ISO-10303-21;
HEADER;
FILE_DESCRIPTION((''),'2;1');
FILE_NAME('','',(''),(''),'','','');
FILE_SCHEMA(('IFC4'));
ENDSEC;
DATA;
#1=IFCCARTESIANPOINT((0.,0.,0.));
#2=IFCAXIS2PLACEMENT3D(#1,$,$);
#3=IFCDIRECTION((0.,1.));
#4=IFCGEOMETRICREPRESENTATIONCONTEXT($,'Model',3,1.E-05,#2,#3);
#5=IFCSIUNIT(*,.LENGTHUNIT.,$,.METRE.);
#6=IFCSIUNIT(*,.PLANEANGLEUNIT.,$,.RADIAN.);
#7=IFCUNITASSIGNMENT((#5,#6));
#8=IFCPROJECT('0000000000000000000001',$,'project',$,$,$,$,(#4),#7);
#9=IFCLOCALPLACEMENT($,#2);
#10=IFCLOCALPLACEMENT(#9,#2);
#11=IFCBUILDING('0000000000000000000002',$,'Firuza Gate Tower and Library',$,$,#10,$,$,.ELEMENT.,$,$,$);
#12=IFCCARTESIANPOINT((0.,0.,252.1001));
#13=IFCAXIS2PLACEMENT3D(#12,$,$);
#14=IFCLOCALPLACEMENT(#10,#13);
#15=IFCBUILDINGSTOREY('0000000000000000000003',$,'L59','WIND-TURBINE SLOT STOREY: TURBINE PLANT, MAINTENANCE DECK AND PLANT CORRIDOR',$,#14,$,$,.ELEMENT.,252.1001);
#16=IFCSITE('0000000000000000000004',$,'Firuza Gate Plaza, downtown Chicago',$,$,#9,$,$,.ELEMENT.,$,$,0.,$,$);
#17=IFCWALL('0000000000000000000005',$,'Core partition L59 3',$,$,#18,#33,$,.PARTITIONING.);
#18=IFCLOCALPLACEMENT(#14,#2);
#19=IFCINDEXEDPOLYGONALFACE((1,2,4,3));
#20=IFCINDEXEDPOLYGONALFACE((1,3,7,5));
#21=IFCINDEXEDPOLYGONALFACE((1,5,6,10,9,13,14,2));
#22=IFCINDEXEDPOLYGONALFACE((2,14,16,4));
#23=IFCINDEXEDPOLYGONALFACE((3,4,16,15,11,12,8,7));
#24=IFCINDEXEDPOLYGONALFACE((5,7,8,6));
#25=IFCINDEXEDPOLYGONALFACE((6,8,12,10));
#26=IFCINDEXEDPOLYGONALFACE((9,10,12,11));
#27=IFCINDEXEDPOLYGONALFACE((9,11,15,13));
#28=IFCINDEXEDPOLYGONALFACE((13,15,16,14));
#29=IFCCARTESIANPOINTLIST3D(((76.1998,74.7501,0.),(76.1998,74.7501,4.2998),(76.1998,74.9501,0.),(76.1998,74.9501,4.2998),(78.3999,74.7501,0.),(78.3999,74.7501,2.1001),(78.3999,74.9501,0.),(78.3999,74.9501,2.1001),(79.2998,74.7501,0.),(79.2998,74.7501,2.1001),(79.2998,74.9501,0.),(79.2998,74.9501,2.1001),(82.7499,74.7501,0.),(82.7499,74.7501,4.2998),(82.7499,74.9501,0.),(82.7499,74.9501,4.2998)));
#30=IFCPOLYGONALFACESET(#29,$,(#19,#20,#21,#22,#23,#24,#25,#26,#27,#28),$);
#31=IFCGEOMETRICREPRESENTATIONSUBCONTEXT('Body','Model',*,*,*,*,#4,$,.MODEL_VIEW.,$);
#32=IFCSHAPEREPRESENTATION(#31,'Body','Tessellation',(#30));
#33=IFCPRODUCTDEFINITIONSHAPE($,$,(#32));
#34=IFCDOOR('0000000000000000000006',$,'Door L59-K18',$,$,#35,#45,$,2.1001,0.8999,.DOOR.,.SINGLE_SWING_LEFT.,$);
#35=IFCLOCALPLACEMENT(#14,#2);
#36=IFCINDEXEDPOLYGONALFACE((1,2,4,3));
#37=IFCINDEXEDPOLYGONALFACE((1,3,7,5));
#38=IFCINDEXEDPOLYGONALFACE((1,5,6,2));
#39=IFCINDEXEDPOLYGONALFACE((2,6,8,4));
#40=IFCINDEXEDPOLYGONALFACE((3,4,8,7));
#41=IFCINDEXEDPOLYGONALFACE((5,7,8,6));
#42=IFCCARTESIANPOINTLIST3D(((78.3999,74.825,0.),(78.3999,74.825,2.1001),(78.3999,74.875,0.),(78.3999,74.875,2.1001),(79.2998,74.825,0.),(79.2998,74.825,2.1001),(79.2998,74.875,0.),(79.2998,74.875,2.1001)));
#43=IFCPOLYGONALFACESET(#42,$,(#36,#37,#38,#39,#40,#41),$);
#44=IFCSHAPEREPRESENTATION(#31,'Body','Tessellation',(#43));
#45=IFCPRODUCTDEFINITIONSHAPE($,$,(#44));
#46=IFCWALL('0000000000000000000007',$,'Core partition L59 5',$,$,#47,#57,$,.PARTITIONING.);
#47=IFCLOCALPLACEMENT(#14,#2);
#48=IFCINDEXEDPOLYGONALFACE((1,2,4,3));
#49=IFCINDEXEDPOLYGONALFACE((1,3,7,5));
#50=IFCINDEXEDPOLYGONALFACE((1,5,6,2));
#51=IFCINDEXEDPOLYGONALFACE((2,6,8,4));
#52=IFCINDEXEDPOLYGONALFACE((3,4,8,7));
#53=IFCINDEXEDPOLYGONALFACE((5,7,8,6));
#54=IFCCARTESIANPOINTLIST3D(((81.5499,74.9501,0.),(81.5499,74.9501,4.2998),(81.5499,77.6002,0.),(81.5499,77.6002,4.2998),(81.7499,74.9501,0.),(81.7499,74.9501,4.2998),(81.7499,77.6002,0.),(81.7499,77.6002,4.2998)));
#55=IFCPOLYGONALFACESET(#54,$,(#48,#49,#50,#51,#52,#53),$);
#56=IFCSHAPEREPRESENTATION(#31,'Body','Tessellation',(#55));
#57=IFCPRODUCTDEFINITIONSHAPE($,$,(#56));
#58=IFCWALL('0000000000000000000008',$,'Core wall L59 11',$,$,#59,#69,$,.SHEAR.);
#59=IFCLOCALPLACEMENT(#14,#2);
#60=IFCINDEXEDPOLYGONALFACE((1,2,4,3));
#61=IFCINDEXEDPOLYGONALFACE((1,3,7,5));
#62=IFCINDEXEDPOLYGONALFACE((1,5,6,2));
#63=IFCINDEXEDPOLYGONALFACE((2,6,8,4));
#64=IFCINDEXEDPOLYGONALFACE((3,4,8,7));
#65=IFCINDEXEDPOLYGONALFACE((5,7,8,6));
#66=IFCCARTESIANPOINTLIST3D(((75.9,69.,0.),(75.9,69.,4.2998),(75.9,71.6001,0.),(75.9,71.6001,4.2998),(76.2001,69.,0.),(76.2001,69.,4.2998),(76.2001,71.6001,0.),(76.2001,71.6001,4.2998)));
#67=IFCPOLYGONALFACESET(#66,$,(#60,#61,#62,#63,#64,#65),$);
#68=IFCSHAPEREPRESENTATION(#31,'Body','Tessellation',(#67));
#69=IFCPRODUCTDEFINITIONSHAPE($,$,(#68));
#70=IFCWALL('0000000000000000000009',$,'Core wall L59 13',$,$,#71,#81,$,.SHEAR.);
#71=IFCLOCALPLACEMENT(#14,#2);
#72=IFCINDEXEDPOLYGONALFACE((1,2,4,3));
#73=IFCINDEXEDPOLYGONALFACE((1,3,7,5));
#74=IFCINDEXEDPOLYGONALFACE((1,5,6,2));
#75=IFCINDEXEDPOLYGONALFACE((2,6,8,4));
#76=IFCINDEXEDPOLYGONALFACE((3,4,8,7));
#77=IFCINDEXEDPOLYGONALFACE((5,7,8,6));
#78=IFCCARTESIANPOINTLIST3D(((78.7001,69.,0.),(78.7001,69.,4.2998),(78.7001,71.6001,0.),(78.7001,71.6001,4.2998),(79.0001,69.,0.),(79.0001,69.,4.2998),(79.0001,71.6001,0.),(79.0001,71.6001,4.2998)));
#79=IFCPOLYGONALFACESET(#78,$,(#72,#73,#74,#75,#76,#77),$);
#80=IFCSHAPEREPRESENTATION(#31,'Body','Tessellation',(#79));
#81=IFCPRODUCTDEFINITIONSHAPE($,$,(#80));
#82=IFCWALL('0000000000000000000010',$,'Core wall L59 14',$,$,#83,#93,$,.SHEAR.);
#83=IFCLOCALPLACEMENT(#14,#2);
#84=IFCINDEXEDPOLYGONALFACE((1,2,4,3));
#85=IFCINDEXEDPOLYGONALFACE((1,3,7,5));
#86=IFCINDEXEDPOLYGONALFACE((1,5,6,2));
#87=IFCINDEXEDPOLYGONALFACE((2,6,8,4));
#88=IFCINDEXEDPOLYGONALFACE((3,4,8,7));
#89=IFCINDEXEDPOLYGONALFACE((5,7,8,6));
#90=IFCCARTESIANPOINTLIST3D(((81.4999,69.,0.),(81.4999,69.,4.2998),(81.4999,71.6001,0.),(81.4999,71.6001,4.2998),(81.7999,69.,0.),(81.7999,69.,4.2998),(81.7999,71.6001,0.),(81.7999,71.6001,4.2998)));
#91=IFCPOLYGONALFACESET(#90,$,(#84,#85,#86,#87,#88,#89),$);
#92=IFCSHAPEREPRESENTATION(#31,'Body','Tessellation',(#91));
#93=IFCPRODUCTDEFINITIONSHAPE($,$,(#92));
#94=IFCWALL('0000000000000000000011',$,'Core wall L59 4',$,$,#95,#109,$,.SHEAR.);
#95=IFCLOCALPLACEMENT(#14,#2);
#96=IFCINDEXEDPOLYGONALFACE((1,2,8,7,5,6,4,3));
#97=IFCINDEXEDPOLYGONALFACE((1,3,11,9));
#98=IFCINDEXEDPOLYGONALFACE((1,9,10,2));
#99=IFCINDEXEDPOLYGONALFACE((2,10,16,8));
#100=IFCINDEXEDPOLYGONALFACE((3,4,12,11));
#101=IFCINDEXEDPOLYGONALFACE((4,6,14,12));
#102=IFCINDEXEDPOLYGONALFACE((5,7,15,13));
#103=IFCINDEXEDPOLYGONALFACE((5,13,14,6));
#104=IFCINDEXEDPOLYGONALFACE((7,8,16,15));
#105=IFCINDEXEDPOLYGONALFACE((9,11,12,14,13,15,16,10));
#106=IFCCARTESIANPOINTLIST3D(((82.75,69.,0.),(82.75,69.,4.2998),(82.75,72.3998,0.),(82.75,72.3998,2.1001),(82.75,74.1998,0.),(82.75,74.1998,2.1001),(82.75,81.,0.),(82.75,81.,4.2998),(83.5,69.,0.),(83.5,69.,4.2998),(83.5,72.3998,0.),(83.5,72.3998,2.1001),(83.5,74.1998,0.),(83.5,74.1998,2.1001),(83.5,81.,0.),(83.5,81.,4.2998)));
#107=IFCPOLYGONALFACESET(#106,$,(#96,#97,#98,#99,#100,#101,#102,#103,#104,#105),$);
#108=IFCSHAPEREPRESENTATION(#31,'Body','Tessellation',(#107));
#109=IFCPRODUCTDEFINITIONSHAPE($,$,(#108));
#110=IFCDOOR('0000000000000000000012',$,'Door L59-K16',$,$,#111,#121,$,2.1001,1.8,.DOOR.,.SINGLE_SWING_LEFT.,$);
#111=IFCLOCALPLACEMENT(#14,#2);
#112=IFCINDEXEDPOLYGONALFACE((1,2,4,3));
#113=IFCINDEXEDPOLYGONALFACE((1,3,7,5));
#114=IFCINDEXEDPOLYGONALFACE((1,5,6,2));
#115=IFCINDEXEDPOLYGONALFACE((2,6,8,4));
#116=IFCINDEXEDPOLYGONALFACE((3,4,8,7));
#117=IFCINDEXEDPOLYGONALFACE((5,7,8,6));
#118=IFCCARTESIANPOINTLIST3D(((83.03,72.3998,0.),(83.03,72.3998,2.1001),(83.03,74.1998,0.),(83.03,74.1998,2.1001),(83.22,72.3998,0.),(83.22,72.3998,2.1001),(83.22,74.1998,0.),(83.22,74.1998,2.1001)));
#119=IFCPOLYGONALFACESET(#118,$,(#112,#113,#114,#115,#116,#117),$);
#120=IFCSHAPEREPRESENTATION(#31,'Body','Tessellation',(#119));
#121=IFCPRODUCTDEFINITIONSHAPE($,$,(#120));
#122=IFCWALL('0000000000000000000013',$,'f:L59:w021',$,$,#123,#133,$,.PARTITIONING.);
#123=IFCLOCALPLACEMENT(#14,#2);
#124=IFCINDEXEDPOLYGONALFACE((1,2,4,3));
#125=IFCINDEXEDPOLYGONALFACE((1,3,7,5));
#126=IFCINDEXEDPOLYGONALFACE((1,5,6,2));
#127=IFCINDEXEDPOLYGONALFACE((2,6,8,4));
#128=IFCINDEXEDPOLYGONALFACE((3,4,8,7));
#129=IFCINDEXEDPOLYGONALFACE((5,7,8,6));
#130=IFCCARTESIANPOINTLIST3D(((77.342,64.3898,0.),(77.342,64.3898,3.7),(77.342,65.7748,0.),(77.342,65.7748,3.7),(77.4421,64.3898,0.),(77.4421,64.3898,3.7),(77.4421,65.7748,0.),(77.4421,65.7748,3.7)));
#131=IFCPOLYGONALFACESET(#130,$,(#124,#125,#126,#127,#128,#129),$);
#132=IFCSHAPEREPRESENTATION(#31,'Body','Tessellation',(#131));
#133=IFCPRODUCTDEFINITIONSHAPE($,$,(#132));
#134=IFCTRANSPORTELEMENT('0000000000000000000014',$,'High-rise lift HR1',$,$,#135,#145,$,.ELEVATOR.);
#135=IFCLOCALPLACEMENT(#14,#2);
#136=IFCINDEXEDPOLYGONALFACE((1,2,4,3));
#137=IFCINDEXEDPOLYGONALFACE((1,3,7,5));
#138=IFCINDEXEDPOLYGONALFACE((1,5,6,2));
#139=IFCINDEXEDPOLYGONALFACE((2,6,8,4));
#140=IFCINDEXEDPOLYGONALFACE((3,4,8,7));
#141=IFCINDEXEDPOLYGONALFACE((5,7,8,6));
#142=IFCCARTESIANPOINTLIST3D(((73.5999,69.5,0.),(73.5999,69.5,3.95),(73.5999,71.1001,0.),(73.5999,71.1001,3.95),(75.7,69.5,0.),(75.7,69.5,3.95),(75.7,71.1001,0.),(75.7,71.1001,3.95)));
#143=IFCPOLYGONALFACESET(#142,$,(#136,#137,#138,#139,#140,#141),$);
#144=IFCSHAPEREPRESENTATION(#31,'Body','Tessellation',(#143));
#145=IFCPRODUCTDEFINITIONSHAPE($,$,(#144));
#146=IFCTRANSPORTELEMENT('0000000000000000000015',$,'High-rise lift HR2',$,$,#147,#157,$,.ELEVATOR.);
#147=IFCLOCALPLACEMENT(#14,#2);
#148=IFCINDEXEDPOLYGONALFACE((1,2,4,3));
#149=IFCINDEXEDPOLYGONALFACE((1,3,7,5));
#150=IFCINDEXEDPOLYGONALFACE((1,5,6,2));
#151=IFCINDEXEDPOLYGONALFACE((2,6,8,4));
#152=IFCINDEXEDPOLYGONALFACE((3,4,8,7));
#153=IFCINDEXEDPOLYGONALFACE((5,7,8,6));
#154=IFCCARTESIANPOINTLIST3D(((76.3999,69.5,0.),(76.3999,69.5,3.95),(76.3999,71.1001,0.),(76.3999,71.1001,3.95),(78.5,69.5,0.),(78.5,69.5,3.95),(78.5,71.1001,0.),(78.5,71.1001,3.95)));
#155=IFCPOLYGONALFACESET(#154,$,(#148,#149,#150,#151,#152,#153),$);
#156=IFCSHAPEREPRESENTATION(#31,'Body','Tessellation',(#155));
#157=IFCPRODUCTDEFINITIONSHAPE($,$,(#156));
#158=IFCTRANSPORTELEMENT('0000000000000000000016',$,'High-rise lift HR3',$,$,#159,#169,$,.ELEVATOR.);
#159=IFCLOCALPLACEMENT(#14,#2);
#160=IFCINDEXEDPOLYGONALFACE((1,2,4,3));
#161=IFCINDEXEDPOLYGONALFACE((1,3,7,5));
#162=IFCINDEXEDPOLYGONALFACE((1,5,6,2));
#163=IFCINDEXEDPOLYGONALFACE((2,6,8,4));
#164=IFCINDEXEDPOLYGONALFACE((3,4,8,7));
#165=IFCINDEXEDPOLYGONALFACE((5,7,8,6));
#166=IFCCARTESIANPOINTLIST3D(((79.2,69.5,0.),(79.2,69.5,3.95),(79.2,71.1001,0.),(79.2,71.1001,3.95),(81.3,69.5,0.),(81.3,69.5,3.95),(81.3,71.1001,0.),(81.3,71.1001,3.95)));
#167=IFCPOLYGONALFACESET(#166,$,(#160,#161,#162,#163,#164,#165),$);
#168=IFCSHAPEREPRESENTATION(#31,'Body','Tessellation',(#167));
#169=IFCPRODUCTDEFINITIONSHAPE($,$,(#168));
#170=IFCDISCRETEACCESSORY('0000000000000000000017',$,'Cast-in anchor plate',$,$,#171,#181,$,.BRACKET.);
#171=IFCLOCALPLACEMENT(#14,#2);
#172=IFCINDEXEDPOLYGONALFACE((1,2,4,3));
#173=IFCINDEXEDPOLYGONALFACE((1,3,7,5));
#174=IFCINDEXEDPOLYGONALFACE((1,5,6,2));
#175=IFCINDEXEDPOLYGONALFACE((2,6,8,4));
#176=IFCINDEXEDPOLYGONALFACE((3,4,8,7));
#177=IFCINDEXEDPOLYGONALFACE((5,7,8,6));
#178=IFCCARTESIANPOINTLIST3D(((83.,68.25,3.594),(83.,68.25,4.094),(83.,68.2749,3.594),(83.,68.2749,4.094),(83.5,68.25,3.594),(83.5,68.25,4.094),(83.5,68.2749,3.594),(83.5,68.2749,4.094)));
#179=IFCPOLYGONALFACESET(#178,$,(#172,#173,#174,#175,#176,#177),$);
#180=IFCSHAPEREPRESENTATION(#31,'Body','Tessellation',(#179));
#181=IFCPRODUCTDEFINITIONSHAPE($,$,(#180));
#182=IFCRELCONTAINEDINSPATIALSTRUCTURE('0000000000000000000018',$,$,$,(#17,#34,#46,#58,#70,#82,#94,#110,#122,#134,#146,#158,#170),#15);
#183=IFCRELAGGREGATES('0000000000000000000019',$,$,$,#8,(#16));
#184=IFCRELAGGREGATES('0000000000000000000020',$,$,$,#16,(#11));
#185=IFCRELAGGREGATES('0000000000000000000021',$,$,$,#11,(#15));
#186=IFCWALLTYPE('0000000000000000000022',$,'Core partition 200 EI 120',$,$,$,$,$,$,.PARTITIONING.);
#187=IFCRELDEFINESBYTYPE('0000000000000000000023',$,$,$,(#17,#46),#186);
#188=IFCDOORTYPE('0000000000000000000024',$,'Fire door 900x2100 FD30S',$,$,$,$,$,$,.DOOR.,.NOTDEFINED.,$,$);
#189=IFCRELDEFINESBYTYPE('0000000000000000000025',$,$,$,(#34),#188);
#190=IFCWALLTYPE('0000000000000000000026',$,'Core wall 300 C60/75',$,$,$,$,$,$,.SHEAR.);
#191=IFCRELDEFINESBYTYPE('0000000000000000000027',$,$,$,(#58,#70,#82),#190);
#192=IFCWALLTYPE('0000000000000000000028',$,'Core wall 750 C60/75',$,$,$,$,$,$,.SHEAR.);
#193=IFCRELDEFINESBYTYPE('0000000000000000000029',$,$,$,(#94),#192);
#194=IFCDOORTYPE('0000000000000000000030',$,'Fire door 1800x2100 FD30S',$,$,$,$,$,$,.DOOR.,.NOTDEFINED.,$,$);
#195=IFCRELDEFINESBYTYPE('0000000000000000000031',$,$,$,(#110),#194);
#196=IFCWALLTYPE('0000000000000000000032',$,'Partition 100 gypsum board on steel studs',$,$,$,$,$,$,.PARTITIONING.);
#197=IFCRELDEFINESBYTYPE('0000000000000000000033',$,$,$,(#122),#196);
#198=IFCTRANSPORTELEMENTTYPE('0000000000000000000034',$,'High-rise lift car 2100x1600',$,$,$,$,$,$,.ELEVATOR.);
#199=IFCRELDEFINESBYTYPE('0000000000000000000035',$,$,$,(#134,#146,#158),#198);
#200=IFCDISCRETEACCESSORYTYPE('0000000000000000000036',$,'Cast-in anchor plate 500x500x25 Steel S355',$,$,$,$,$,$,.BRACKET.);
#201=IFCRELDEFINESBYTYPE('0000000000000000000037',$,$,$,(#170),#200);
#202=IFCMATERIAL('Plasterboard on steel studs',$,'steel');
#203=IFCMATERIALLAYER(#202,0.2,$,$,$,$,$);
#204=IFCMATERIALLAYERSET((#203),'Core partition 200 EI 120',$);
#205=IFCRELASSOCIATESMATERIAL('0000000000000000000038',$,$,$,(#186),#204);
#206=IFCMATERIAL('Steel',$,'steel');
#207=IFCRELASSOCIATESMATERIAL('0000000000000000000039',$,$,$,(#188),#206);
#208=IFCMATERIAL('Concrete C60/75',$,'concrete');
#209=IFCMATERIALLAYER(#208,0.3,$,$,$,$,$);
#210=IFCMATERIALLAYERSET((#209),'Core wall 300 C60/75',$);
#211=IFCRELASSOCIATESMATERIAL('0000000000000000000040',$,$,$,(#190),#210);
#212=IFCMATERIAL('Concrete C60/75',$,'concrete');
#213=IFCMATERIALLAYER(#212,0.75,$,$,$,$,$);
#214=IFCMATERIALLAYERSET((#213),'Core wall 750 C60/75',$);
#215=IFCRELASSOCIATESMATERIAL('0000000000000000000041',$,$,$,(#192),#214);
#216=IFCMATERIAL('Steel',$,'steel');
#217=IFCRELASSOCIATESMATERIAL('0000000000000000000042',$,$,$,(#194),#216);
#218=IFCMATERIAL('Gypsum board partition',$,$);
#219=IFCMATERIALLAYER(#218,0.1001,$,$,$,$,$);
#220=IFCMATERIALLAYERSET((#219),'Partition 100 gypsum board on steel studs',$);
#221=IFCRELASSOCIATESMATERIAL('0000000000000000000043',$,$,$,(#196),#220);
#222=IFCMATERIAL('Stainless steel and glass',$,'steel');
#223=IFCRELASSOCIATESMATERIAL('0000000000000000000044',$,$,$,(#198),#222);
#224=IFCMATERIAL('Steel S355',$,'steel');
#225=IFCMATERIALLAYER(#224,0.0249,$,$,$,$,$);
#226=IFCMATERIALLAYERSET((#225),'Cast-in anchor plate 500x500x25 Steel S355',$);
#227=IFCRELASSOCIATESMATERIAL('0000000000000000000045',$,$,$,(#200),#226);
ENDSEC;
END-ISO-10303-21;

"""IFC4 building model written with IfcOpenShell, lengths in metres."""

from ifc_helpers import new_model, si_unit, direction, frame, frame_2d, origin, origin_2d, place, context, subcontext, project, spatial, rectangle, extrude, material, layer, layer_set, type_object, element, fill, save


model = new_model("IFC4")

# Units and contexts
model_context = context("Model", 3, precision=1e-05, world=origin(), true_north=direction((0.0, 1.0)))
body_context = subcontext(model_context, "Body", "Model", "MODEL_VIEW")
ifc_project = project(units=[si_unit("LENGTHUNIT", "METRE"), si_unit("PLANEANGLEUNIT", "RADIAN")], contexts=[model_context])

# Site, building, storey
site_placement = place(None, origin())
site = spatial("IfcSite", under=ifc_project, at=site_placement, Name="Firuza Gate Plaza, downtown Chicago", CompositionType="ELEMENT", RefElevation=0.0)
building_placement = place(site_placement, origin())
building = spatial("IfcBuilding", under=site, at=building_placement, Name="Firuza Gate Tower and Library", CompositionType="ELEMENT")
storey_placement = place(building_placement, frame((0.0, 0.0, 252.1001)))
storey = spatial("IfcBuildingStorey", under=building, at=storey_placement, Name="L59", Description="WIND-TURBINE SLOT STOREY: TURBINE PLANT, MAINTENANCE DECK AND PLANT CORRIDOR", CompositionType="ELEMENT", Elevation=252.1001)

# Shared definitions
ifc_material_1 = material(Name="Plasterboard on steel studs", Category="steel")
ifc_layer_1 = layer(ifc_material_1, 0.2)
ifc_layer_set_1 = layer_set([ifc_layer_1], Name="Core partition 200 EI 120")
wall_type_1 = type_object("IfcWallType", Name="Core partition 200 EI 120", PredefinedType="PARTITIONING", material=ifc_layer_set_1)

# Wall, opening, door
wall_1_placement = place(storey_placement, frame((76.2, 74.8501, 0.0), z_axis=(0.0, 0.0, 1.0), x_axis=(1.0, 0.0, 0.0)))
wall_1 = element("IfcWall", 1, at=wall_1_placement, inside=storey, type_object=wall_type_1, Name="Core partition L59 3", PredefinedType="PARTITIONING", context=body_context, shape_type="SweptSolid", body=[
    extrude(rectangle(XDim=6.55, YDim=0.2, at=frame_2d((3.2749, 0.0))), origin(), (0.0, 0.0, 1.0), 4.2998),
])
opening_1_placement = place(wall_1_placement, frame((2.2, 0.0, 0.0)))
opening_1 = element("IfcOpeningElement", 2, at=opening_1_placement, cuts=wall_1, PredefinedType="OPENING", context=body_context, shape_type="SweptSolid", body=[
    extrude(rectangle(XDim=0.8999, YDim=2.1001, at=frame_2d((0.45, 1.05))), frame((0.0, 0.1099, 0.0), z_axis=(0.0, -1.0, 0.0), x_axis=(1.0, 0.0, 0.0)), (0.0, 0.0, 1.0), 0.22),
])
ifc_material_2 = material(Name="Steel", Category="steel")
door_type_1 = type_object("IfcDoorType", Name="Fire door 900x2100 FD30S", OperationType="NOTDEFINED", PredefinedType="DOOR", material=ifc_material_2)
door_1_placement = place(opening_1_placement, origin())
door_1 = element("IfcDoor", 3, at=door_1_placement, inside=storey, type_object=door_type_1, Name="Door L59-K18", OperationType="SINGLE_SWING_LEFT", OverallHeight=2.1001, OverallWidth=0.8999, PredefinedType="DOOR", context=body_context, shape_type="SweptSolid", body=[
    extrude(rectangle(XDim=0.8999, YDim=2.1001, at=frame_2d((0.45, 1.05))), frame((0.0, 0.0249, 0.0), z_axis=(0.0, -1.0, 0.0), x_axis=(1.0, 0.0, 0.0)), (0.0, 0.0, 1.0), 0.05),
])
fill(opening_1, door_1)

# Walls
wall_2_placement = place(storey_placement, frame((81.6499, 74.95, 0.0), z_axis=(0.0, 0.0, 1.0), x_axis=(0.0, 1.0, 0.0)))
element("IfcWall", 4, at=wall_2_placement, inside=storey, type_object=wall_type_1, Name="Core partition L59 5", PredefinedType="PARTITIONING", context=body_context, shape_type="SweptSolid", body=[
    extrude(rectangle(XDim=2.6501, YDim=0.2, at=frame_2d((1.3252, 0.0))), origin(), (0.0, 0.0, 1.0), 4.2998),
])
ifc_material_3 = material(Name="Concrete C60/75", Category="concrete")
ifc_layer_2 = layer(ifc_material_3, 0.3)
ifc_layer_set_2 = layer_set([ifc_layer_2], Name="Core wall 300 C60/75")
wall_type_2 = type_object("IfcWallType", Name="Core wall 300 C60/75", PredefinedType="SHEAR", material=ifc_layer_set_2)
for number, where, z_axis, x_axis, name in (
    (5, (76.05, 69.0, 0.0), (0.0, 0.0, 1.0), (0.0, 1.0, 0.0), "Core wall L59 11"),
    (6, (78.8501, 69.0, 0.0), (0.0, 0.0, 1.0), (0.0, 1.0, 0.0), "Core wall L59 13"),
    (7, (81.6499, 69.0, 0.0), (0.0, 0.0, 1.0), (0.0, 1.0, 0.0), "Core wall L59 14"),
):
    element("IfcWall", number, at=place(storey_placement, frame(where, z_axis=z_axis, x_axis=x_axis)), inside=storey, type_object=wall_type_2, Name=name, PredefinedType="SHEAR", context=body_context, shape_type="SweptSolid", body=[
        extrude(rectangle(XDim=2.6001, YDim=0.3, at=frame_2d((1.3, 0.0))), origin(), (0.0, 0.0, 1.0), 4.2998),
    ])

# Wall, opening, door
ifc_material_4 = material(Name="Concrete C60/75", Category="concrete")
ifc_layer_3 = layer(ifc_material_4, 0.75)
ifc_layer_set_3 = layer_set([ifc_layer_3], Name="Core wall 750 C60/75")
wall_type_3 = type_object("IfcWallType", Name="Core wall 750 C60/75", PredefinedType="SHEAR", material=ifc_layer_set_3)
wall_3_placement = place(storey_placement, frame((83.125, 69.0, 0.0), z_axis=(0.0, 0.0, 1.0), x_axis=(0.0, 1.0, 0.0)))
wall_3 = element("IfcWall", 8, at=wall_3_placement, inside=storey, type_object=wall_type_3, Name="Core wall L59 4", PredefinedType="SHEAR", context=body_context, shape_type="SweptSolid", body=[
    extrude(rectangle(XDim=12.0, YDim=0.75, at=frame_2d((6.0, 0.0))), origin(), (0.0, 0.0, 1.0), 4.2998),
])
opening_2_placement = place(wall_3_placement, frame((3.3999, 0.0, 0.0)))
opening_2 = element("IfcOpeningElement", 9, at=opening_2_placement, cuts=wall_3, PredefinedType="OPENING", context=body_context, shape_type="SweptSolid", body=[
    extrude(rectangle(XDim=1.8, YDim=2.1001, at=frame_2d((0.8999, 1.05))), frame((0.0, 0.385, 0.0), z_axis=(0.0, -1.0, 0.0), x_axis=(1.0, 0.0, 0.0)), (0.0, 0.0, 1.0), 0.77),
])
ifc_material_5 = material(Name="Steel", Category="steel")
door_type_2 = type_object("IfcDoorType", Name="Fire door 1800x2100 FD30S", OperationType="NOTDEFINED", PredefinedType="DOOR", material=ifc_material_5)
door_2_placement = place(opening_2_placement, origin())
door_2 = element("IfcDoor", 10, at=door_2_placement, inside=storey, type_object=door_type_2, Name="Door L59-K16", OperationType="SINGLE_SWING_LEFT", OverallHeight=2.1001, OverallWidth=1.8, PredefinedType="DOOR", context=body_context, shape_type="SweptSolid", body=[
    extrude(rectangle(XDim=1.8, YDim=2.1001, at=frame_2d((0.8999, 1.05))), frame((0.0, 0.095, 0.0), z_axis=(0.0, -1.0, 0.0), x_axis=(1.0, 0.0, 0.0)), (0.0, 0.0, 1.0), 0.1899),
])
fill(opening_2, door_2)

# Wall
ifc_material_6 = material(Name="Gypsum board partition")
ifc_layer_4 = layer(ifc_material_6, 0.1001)
ifc_layer_set_4 = layer_set([ifc_layer_4], Name="Partition 100 gypsum board on steel studs")
wall_type_4 = type_object("IfcWallType", Name="Partition 100 gypsum board on steel studs", PredefinedType="PARTITIONING", material=ifc_layer_set_4)
wall_4_placement = place(storey_placement, frame((77.3921, 64.3899, 0.0), z_axis=(0.0, 0.0, 1.0), x_axis=(0.0, 1.0, 0.0)))
element("IfcWall", 11, at=wall_4_placement, inside=storey, type_object=wall_type_4, Name="f:L59:w021", PredefinedType="PARTITIONING", context=body_context, shape_type="SweptSolid", body=[
    extrude(rectangle(XDim=1.385, YDim=0.1001, at=frame_2d((0.6924, 0.0))), origin(), (0.0, 0.0, 1.0), 3.7),
])

# Transport elements
ifc_material_7 = material(Name="Stainless steel and glass", Category="steel")
transport_element_type = type_object("IfcTransportElementType", Name="High-rise lift car 2100x1600", PredefinedType="ELEVATOR", material=ifc_material_7)
for number, where, z_axis, x_axis, name in (
    (12, (74.6499, 70.3, 0.0), (0.0, 0.0, 1.0), (1.0, 0.0, 0.0), "High-rise lift HR1"),
    (13, (77.45, 70.3, 0.0), (0.0, 0.0, 1.0), (1.0, 0.0, 0.0), "High-rise lift HR2"),
    (14, (80.25, 70.3, 0.0), (0.0, 0.0, 1.0), (1.0, 0.0, 0.0), "High-rise lift HR3"),
):
    element("IfcTransportElement", number, at=place(storey_placement, frame(where, z_axis=z_axis, x_axis=x_axis)), inside=storey, type_object=transport_element_type, Name=name, PredefinedType="ELEVATOR", context=body_context, shape_type="SweptSolid", body=[
        extrude(rectangle(XDim=2.1001, YDim=1.6001, at=origin_2d()), origin(), (0.0, 0.0, 1.0), 3.95),
    ])

# Discrete accessory
ifc_material_8 = material(Name="Steel S355", Category="steel")
ifc_layer_5 = layer(ifc_material_8, 0.0249)
ifc_layer_set_5 = layer_set([ifc_layer_5], Name="Cast-in anchor plate 500x500x25 Steel S355")
discrete_accessory_type = type_object("IfcDiscreteAccessoryType", Name="Cast-in anchor plate 500x500x25 Steel S355", PredefinedType="BRACKET", material=ifc_layer_set_5)
for number, where, z_axis, x_axis, name in (
    (15, (83.25, 68.2625, 3.594), (0.0, 0.0, 1.0), (1.0, 0.0, 0.0), "Cast-in anchor plate"),
):
    element("IfcDiscreteAccessory", number, at=place(storey_placement, frame(where, z_axis=z_axis, x_axis=x_axis)), inside=storey, type_object=discrete_accessory_type, Name=name, PredefinedType="BRACKET", context=body_context, shape_type="SweptSolid", body=[
        extrude(rectangle(XDim=0.5, YDim=0.0249, at=origin_2d()), origin(), (0.0, 0.0, 1.0), 0.5),
    ])

save(model, "model.ifc")
